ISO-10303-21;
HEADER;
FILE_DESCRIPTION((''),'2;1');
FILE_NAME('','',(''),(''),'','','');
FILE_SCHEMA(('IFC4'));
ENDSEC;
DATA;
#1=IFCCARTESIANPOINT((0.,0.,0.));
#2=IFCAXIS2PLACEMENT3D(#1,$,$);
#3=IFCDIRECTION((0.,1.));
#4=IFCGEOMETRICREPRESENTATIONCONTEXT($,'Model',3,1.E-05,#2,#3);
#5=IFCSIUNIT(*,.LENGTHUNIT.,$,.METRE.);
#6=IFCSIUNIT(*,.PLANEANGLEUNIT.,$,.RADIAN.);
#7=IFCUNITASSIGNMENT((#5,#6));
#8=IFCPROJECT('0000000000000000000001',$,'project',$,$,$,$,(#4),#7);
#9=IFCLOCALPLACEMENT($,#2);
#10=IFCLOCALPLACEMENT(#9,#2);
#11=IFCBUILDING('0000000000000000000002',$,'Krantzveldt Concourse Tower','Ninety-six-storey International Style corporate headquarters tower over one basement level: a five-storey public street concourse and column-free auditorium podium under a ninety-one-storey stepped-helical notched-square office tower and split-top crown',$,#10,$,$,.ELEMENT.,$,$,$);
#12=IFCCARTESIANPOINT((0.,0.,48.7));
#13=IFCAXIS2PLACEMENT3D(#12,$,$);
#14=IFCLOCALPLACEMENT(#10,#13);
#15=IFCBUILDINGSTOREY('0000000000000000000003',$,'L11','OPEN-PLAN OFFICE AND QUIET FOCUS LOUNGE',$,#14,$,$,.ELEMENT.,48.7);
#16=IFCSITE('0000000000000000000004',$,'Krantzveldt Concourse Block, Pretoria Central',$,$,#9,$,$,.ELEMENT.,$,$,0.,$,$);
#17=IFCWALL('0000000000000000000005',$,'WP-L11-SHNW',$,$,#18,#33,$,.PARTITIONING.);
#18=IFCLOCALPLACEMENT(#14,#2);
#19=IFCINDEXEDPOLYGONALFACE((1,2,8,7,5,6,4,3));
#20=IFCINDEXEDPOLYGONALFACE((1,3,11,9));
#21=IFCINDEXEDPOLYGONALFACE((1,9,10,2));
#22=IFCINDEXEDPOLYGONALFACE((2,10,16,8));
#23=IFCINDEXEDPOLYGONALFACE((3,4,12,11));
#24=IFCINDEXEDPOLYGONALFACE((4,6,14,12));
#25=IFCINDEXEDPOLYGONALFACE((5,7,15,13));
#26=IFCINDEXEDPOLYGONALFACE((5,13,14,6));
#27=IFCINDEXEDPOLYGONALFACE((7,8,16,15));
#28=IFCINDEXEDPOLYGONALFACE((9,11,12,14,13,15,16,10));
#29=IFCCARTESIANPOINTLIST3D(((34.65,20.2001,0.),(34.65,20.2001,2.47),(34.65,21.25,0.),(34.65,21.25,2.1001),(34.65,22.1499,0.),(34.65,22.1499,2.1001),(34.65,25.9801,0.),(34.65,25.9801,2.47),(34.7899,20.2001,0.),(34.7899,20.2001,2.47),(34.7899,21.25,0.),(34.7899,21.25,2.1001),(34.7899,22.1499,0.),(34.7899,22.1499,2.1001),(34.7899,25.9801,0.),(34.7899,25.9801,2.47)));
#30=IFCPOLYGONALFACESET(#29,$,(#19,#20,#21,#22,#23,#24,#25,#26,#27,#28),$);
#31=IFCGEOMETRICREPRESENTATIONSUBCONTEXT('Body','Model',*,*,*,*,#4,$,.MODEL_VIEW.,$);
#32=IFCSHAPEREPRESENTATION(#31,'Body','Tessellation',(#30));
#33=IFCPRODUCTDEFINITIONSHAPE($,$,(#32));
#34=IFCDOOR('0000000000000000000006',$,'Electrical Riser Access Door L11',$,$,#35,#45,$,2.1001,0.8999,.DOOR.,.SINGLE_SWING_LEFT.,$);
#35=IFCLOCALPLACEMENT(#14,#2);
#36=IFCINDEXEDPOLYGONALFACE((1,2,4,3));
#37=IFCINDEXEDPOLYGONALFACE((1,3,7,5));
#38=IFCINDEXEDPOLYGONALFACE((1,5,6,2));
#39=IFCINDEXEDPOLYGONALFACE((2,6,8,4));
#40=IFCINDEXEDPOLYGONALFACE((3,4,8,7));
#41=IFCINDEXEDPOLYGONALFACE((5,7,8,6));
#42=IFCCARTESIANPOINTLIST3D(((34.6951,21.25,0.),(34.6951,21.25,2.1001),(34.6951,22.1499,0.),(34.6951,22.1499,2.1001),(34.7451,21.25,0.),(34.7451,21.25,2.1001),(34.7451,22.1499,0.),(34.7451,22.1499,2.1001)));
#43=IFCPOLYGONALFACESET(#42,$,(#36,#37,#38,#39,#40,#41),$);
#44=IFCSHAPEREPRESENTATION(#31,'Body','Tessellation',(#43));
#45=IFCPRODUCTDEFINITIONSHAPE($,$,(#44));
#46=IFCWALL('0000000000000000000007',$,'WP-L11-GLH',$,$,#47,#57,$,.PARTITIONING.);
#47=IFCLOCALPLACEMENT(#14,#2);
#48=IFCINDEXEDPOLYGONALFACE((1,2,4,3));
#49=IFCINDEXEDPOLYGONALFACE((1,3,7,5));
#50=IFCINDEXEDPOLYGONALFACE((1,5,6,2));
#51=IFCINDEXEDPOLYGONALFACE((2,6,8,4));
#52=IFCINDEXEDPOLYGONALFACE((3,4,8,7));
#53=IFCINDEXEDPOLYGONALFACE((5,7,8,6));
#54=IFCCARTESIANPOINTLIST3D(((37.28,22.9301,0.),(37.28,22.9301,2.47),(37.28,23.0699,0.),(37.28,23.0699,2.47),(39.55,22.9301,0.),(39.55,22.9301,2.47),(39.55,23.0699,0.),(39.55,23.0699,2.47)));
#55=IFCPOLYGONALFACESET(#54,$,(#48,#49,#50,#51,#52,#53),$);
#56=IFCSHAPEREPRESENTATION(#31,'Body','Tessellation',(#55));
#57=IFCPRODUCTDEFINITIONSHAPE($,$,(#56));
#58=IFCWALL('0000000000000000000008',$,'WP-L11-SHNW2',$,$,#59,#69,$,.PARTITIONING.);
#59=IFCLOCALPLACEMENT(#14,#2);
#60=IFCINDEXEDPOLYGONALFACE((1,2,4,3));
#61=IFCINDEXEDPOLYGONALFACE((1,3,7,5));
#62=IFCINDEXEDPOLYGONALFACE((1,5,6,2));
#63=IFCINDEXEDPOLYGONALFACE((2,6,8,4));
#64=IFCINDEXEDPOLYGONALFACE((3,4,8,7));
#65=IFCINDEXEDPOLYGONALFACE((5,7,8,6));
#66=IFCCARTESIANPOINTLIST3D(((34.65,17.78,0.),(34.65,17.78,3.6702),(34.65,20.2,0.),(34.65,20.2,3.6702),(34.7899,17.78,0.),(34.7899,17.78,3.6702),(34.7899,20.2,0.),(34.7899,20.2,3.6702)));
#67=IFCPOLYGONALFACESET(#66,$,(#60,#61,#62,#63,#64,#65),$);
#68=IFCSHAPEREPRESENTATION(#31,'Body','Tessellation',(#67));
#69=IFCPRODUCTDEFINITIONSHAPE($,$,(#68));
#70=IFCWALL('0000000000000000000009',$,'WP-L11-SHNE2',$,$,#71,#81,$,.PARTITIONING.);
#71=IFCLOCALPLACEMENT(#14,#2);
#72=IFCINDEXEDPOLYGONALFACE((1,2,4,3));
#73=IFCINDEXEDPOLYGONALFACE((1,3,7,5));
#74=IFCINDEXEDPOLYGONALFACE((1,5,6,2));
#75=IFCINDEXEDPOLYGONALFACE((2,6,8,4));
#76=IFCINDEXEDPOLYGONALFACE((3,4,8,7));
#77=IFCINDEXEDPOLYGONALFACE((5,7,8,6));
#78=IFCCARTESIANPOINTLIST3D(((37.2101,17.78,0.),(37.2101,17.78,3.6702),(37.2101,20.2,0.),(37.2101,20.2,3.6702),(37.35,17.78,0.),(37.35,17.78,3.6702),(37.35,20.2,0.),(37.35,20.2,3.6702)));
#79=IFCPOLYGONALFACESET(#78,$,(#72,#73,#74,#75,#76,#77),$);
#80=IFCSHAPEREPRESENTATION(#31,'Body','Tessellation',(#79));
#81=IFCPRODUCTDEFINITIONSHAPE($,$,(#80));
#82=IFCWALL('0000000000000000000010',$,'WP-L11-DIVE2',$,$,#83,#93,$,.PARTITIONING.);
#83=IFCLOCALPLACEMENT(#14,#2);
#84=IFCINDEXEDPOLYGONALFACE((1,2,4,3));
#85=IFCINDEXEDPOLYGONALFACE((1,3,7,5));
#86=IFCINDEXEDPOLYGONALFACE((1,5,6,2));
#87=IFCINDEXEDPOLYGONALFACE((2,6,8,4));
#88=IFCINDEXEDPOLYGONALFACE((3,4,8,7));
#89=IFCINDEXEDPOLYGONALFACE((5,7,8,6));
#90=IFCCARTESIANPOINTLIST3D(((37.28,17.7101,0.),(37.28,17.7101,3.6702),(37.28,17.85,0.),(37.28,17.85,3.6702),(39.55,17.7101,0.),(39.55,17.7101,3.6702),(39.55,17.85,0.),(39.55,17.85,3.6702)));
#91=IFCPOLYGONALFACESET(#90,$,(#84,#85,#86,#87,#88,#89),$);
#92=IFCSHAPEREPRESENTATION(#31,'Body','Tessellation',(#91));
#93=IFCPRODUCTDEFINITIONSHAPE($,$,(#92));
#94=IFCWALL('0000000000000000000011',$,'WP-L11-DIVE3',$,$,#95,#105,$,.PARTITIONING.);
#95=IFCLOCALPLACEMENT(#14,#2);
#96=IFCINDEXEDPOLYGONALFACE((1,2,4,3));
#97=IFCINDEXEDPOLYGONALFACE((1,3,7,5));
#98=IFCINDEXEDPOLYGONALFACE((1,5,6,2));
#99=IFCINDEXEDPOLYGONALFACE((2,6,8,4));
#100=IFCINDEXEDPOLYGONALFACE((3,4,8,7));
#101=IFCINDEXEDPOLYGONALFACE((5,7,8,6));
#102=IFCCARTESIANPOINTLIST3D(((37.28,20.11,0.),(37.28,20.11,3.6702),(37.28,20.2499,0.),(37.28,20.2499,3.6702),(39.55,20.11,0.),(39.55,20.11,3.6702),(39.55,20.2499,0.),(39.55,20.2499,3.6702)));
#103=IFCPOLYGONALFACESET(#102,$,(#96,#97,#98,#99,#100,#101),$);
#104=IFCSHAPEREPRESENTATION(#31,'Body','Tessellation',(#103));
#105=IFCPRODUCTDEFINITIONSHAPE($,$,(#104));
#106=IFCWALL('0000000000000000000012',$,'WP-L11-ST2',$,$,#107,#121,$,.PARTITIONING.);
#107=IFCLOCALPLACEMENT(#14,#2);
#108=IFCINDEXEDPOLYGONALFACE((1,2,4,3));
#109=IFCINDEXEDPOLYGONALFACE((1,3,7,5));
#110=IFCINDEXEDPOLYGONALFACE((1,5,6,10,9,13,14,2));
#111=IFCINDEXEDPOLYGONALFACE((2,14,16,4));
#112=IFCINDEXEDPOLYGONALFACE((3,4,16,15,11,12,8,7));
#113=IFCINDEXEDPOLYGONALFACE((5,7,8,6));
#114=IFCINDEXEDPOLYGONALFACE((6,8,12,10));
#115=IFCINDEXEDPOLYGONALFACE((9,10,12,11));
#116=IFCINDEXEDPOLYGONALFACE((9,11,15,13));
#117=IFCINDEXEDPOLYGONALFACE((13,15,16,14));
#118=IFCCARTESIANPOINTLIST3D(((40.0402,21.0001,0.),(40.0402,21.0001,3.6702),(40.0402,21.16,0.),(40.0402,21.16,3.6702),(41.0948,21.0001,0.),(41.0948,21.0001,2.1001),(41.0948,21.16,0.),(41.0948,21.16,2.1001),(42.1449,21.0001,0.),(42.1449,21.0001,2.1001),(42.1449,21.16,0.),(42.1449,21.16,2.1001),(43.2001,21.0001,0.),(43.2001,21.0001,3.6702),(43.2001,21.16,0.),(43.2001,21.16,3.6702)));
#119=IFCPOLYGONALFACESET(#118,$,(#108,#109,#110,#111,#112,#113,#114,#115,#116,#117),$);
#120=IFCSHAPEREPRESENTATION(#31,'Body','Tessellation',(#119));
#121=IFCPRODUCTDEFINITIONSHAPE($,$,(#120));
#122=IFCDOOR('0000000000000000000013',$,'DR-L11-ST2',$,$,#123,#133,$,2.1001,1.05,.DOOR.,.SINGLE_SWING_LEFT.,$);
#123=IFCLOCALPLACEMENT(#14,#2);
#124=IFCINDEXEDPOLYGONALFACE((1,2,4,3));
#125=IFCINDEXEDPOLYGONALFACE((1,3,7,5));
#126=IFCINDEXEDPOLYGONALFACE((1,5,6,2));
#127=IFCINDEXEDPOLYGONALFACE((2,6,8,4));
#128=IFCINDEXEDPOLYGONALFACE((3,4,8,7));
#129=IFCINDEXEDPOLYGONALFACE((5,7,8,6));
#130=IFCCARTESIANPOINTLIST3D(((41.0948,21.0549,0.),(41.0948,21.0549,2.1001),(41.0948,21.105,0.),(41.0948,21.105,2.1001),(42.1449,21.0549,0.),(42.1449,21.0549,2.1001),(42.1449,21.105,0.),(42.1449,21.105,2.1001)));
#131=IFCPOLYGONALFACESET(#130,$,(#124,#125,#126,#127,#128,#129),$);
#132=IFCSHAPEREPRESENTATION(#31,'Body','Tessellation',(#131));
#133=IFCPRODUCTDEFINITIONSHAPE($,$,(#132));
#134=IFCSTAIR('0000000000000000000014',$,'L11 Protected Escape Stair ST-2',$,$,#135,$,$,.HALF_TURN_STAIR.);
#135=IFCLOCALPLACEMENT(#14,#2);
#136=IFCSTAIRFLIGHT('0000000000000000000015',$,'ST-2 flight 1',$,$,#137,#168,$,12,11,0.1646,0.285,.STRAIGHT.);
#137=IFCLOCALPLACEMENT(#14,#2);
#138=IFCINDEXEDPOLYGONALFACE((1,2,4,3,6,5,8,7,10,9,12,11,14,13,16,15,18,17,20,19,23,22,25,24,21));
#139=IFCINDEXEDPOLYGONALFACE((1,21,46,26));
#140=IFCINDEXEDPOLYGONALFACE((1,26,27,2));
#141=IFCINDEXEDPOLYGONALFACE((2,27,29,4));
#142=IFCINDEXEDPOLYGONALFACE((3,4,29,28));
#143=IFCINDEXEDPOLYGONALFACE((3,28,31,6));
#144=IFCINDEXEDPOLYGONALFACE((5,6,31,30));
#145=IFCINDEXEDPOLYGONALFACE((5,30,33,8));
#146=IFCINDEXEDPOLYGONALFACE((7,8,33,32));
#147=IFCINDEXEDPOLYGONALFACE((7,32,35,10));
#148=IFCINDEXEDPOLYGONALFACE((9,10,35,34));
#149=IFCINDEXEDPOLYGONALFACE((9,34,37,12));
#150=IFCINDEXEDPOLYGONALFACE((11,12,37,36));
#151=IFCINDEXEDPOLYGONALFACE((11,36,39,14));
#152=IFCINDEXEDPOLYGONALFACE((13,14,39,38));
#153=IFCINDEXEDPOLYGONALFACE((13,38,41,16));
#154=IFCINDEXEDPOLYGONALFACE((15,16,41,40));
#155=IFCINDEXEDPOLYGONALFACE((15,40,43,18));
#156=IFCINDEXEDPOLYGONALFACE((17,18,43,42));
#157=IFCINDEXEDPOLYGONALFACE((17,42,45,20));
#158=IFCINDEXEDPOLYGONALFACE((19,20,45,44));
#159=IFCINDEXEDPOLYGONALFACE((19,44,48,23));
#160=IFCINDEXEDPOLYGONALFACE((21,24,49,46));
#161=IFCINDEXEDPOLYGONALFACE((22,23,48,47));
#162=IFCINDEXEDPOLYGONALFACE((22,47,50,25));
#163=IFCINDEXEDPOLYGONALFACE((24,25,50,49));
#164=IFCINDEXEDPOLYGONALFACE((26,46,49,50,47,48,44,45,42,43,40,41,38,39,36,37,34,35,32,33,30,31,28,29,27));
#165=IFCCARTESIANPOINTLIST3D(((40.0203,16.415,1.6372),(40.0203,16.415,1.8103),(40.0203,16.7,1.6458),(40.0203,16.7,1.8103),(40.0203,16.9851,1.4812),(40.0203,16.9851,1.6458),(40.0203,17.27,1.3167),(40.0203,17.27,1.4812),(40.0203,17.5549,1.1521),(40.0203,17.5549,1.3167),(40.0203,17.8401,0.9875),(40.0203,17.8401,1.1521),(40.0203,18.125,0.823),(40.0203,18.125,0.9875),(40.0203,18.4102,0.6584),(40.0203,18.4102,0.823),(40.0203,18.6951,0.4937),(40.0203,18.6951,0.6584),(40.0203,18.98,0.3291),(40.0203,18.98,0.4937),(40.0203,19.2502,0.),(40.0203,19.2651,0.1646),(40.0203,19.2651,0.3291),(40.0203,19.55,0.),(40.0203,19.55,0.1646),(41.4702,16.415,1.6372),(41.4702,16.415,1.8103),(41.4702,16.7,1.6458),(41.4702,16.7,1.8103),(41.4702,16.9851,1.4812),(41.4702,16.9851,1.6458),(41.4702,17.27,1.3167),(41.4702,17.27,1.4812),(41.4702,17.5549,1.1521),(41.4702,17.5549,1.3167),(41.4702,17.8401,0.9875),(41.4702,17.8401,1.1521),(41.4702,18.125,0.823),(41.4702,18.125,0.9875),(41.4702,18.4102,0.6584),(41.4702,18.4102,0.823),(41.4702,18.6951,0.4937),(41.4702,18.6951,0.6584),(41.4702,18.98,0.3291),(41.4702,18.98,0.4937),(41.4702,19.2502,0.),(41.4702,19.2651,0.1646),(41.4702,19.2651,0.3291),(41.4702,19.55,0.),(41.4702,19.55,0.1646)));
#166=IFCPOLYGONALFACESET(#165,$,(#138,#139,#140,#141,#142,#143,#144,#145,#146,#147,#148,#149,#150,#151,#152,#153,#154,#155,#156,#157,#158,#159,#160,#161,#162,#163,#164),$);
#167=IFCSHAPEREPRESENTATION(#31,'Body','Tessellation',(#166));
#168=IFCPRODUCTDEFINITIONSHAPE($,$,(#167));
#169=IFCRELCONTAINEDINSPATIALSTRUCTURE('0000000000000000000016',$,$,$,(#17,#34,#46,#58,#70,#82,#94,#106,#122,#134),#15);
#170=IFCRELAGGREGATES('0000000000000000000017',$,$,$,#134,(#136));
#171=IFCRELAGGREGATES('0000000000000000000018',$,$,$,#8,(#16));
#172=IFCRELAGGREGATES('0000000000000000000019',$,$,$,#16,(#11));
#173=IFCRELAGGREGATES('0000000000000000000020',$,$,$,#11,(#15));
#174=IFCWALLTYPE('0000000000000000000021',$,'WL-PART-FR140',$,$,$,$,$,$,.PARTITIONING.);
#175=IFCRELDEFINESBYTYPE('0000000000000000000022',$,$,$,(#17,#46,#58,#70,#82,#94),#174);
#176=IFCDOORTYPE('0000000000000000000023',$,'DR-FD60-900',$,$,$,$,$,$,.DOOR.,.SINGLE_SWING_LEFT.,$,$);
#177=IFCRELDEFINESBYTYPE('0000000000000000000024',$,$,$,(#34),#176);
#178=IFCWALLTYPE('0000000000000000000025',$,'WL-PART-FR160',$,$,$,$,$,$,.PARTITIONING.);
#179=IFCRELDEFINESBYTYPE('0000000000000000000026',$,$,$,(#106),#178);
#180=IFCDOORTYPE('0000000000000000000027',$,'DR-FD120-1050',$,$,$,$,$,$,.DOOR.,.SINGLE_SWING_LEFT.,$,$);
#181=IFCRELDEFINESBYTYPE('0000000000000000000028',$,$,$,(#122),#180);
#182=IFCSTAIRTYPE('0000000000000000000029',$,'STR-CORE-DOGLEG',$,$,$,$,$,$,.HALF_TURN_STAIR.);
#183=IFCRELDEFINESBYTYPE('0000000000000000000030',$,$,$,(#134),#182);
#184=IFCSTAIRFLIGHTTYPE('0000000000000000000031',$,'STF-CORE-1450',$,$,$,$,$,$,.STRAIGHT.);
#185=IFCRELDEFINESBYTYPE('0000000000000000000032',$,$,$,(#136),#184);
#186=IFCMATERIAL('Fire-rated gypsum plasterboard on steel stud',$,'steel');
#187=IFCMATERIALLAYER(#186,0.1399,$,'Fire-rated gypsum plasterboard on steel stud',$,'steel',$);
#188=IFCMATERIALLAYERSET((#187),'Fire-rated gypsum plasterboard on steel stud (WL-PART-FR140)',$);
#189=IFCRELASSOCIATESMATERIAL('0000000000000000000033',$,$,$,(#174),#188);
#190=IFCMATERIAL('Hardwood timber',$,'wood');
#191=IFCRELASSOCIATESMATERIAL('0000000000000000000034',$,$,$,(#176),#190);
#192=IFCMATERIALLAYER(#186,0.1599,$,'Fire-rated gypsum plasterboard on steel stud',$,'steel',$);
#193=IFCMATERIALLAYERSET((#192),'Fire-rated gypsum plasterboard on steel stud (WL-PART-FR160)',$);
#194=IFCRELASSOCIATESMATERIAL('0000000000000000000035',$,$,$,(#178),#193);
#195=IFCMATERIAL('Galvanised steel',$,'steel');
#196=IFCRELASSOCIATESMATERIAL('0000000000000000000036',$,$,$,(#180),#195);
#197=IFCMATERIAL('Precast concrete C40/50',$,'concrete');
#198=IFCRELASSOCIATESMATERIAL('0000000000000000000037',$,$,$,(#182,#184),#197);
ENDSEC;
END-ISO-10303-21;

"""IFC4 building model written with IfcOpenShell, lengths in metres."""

from ifc_helpers import new_model, si_unit, direction, frame, frame_2d, origin, place, context, subcontext, project, spatial, polyline, rectangle, outline, extrude, material, layer, layer_set, type_object, element, fill, aggregate, save


model = new_model("IFC4")

# Units and contexts
model_context = context("Model", 3, precision=1e-05, world=origin(), true_north=direction((0.0, 1.0)))
body_context = subcontext(model_context, "Body", "Model", "MODEL_VIEW")
ifc_project = project(units=[si_unit("LENGTHUNIT", "METRE"), si_unit("PLANEANGLEUNIT", "RADIAN")], contexts=[model_context])

# Site, building, storey
site_placement = place(None, origin())
site = spatial("IfcSite", under=ifc_project, at=site_placement, Name="Krantzveldt Concourse Block, Pretoria Central", CompositionType="ELEMENT", RefElevation=0.0)
building_placement = place(site_placement, origin())
building = spatial("IfcBuilding", under=site, at=building_placement, Name="Krantzveldt Concourse Tower", Description="Ninety-six-storey International Style corporate headquarters tower over one basement level: a five-storey public street concourse and column-free auditorium podium under a ninety-one-storey stepped-helical notched-square office tower and split-top crown", CompositionType="ELEMENT")
storey_placement = place(building_placement, frame((0.0, 0.0, 48.7)))
storey = spatial("IfcBuildingStorey", under=building, at=storey_placement, Name="L11", Description="OPEN-PLAN OFFICE AND QUIET FOCUS LOUNGE", CompositionType="ELEMENT", Elevation=48.7)

# Wall, opening, door
ifc_material_1 = material(Name="Fire-rated gypsum plasterboard on steel stud", Category="steel")
ifc_layer_1 = layer(ifc_material_1, 0.1399, Name="Fire-rated gypsum plasterboard on steel stud", Category="steel")
ifc_layer_set_1 = layer_set([ifc_layer_1], Name="Fire-rated gypsum plasterboard on steel stud (WL-PART-FR140)")
wall_type_1 = type_object("IfcWallType", Name="WL-PART-FR140", PredefinedType="PARTITIONING", material=ifc_layer_set_1)
wall_1_placement = place(storey_placement, frame((34.72, 20.2, 0.0), z_axis=(0.0, 0.0, 1.0), x_axis=(0.0, 1.0, 0.0)))
wall_1 = element("IfcWall", 1, at=wall_1_placement, inside=storey, type_object=wall_type_1, Name="WP-L11-SHNW", PredefinedType="PARTITIONING", context=body_context, shape_type="SweptSolid", body=[
    extrude(rectangle(XDim=5.78, YDim=0.1399, at=frame_2d((2.8901, 0.0))), origin(), (0.0, 0.0, 1.0), 2.47),
])
opening_1_placement = place(wall_1_placement, frame((1.05, 0.0, 0.0)))
opening_1 = element("IfcOpeningElement", 2, at=opening_1_placement, cuts=wall_1, PredefinedType="OPENING", context=body_context, shape_type="SweptSolid", body=[
    extrude(rectangle(XDim=0.8999, YDim=2.1001, at=frame_2d((0.45, 1.05))), frame((0.0, 0.0801, 0.0), z_axis=(0.0, -1.0, 0.0), x_axis=(1.0, 0.0, 0.0)), (0.0, 0.0, 1.0), 0.1599),
])
ifc_material_2 = material(Name="Hardwood timber", Category="wood")
door_type_1 = type_object("IfcDoorType", Name="DR-FD60-900", OperationType="SINGLE_SWING_LEFT", PredefinedType="DOOR", material=ifc_material_2)
door_1_placement = place(opening_1_placement, origin())
door_1 = element("IfcDoor", 3, at=door_1_placement, inside=storey, type_object=door_type_1, Name="Electrical Riser Access Door L11", OperationType="SINGLE_SWING_LEFT", OverallHeight=2.1001, OverallWidth=0.8999, PredefinedType="DOOR", context=body_context, shape_type="SweptSolid", body=[
    extrude(rectangle(XDim=0.8999, YDim=2.1001, at=frame_2d((0.45, 1.05))), frame((0.0, 0.0249, 0.0), z_axis=(0.0, -1.0, 0.0), x_axis=(1.0, 0.0, 0.0)), (0.0, 0.0, 1.0), 0.05),
])
fill(opening_1, door_1)

# Walls
wall_2_placement = place(storey_placement, frame((37.28, 23.0, 0.0), z_axis=(0.0, 0.0, 1.0), x_axis=(1.0, 0.0, 0.0)))
element("IfcWall", 4, at=wall_2_placement, inside=storey, type_object=wall_type_1, Name="WP-L11-GLH", PredefinedType="PARTITIONING", context=body_context, shape_type="SweptSolid", body=[
    extrude(rectangle(XDim=2.27, YDim=0.1399, at=frame_2d((1.135, 0.0))), origin(), (0.0, 0.0, 1.0), 2.47),
])
for number, where, z_axis, x_axis, name in (
    (5, (34.72, 17.78, 0.0), (0.0, 0.0, 1.0), (0.0, 1.0, 0.0), "WP-L11-SHNW2"),
    (6, (37.28, 17.78, 0.0), (0.0, 0.0, 1.0), (0.0, 1.0, 0.0), "WP-L11-SHNE2"),
):
    element("IfcWall", number, at=place(storey_placement, frame(where, z_axis=z_axis, x_axis=x_axis)), inside=storey, type_object=wall_type_1, Name=name, PredefinedType="PARTITIONING", context=body_context, shape_type="SweptSolid", body=[
        extrude(rectangle(XDim=2.4199, YDim=0.1399, at=frame_2d((1.21, 0.0))), origin(), (0.0, 0.0, 1.0), 3.6702),
    ])
for number, where, z_axis, x_axis, name in (
    (7, (37.28, 17.78, 0.0), (0.0, 0.0, 1.0), (1.0, 0.0, 0.0), "WP-L11-DIVE2"),
    (8, (37.28, 20.1799, 0.0), (0.0, 0.0, 1.0), (1.0, 0.0, 0.0), "WP-L11-DIVE3"),
):
    element("IfcWall", number, at=place(storey_placement, frame(where, z_axis=z_axis, x_axis=x_axis)), inside=storey, type_object=wall_type_1, Name=name, PredefinedType="PARTITIONING", context=body_context, shape_type="SweptSolid", body=[
        extrude(rectangle(XDim=2.27, YDim=0.1399, at=frame_2d((1.135, 0.0))), origin(), (0.0, 0.0, 1.0), 3.6702),
    ])

# Wall, opening, door
ifc_layer_2 = layer(ifc_material_1, 0.1599, Name="Fire-rated gypsum plasterboard on steel stud", Category="steel")
ifc_layer_set_2 = layer_set([ifc_layer_2], Name="Fire-rated gypsum plasterboard on steel stud (WL-PART-FR160)")
wall_type_2 = type_object("IfcWallType", Name="WL-PART-FR160", PredefinedType="PARTITIONING", material=ifc_layer_set_2)
wall_3_placement = place(storey_placement, frame((40.04, 21.0801, 0.0), z_axis=(0.0, 0.0, 1.0), x_axis=(1.0, 0.0, 0.0)))
wall_3 = element("IfcWall", 9, at=wall_3_placement, inside=storey, type_object=wall_type_2, Name="WP-L11-ST2", PredefinedType="PARTITIONING", context=body_context, shape_type="SweptSolid", body=[
    extrude(rectangle(XDim=3.1599, YDim=0.1599, at=frame_2d((1.5801, 0.0))), origin(), (0.0, 0.0, 1.0), 3.6702),
])
opening_2_placement = place(wall_3_placement, frame((1.0549, 0.0, 0.0)))
opening_2 = element("IfcOpeningElement", 10, at=opening_2_placement, cuts=wall_3, PredefinedType="OPENING", context=body_context, shape_type="SweptSolid", body=[
    extrude(rectangle(XDim=1.05, YDim=2.1001, at=frame_2d((0.5249, 1.05))), frame((0.0, 0.0898, 0.0), z_axis=(0.0, -1.0, 0.0), x_axis=(1.0, 0.0, 0.0)), (0.0, 0.0, 1.0), 0.1799),
])
ifc_material_3 = material(Name="Galvanised steel", Category="steel")
door_type_2 = type_object("IfcDoorType", Name="DR-FD120-1050", OperationType="SINGLE_SWING_LEFT", PredefinedType="DOOR", material=ifc_material_3)
door_2_placement = place(opening_2_placement, origin())
door_2 = element("IfcDoor", 11, at=door_2_placement, inside=storey, type_object=door_type_2, Name="DR-L11-ST2", OperationType="SINGLE_SWING_LEFT", OverallHeight=2.1001, OverallWidth=1.05, PredefinedType="DOOR", context=body_context, shape_type="SweptSolid", body=[
    extrude(rectangle(XDim=1.05, YDim=2.1001, at=frame_2d((0.5249, 1.05))), frame((0.0, 0.0249, 0.0), z_axis=(0.0, -1.0, 0.0), x_axis=(1.0, 0.0, 0.0)), (0.0, 0.0, 1.0), 0.05),
])
fill(opening_2, door_2)

# Stair, stair flight
ifc_material_4 = material(Name="Precast concrete C40/50", Category="concrete")
stair_type = type_object("IfcStairType", Name="STR-CORE-DOGLEG", PredefinedType="HALF_TURN_STAIR", material=ifc_material_4)
stair_placement = place(storey_placement, origin())
stair = element("IfcStair", 12, at=stair_placement, inside=storey, type_object=stair_type, Name="L11 Protected Escape Stair ST-2", PredefinedType="HALF_TURN_STAIR")
stair_flight_type = type_object("IfcStairFlightType", Name="STF-CORE-1450", PredefinedType="STRAIGHT", material=ifc_material_4)
stair_flight_1_placement = place(storey_placement, frame((40.7451, 19.55, 0.0), z_axis=(0.0, 0.0, 1.0), x_axis=(0.0, -1.0, 0.0)))
stair_flight_1 = element("IfcStairFlight", 13, at=stair_flight_1_placement, type_object=stair_flight_type, Name="ST-2 flight 1", NumberOfRisers=12, NumberOfTreads=11, PredefinedType="STRAIGHT", RiserHeight=0.1646, TreadLength=0.285, context=body_context, shape_type="SweptSolid", body=[
    extrude(outline(polyline([(0.0, 0.0), (0.0, 0.1646), (0.2849, 0.1646), (0.2849, 0.3291), (0.5701, 0.3291), (0.5701, 0.4937), (0.855, 0.4937), (0.855, 0.6584), (1.1399, 0.6584), (1.1399, 0.823), (1.425, 0.823), (1.425, 0.9875), (1.71, 0.9875), (1.71, 1.1521), (1.9951, 1.1521), (1.9951, 1.3167), (2.28, 1.3167), (2.28, 1.4812), (2.5649, 1.4812), (2.5649, 1.6458), (2.8501, 1.6458), (2.8501, 1.8103), (3.135, 1.8103), (3.135, 1.9751), (3.135, 1.6372), (0.2998, 0.0), (0.0, 0.0)])), frame((0.0, 0.7251, 0.0), z_axis=(0.0, -1.0, 0.0), x_axis=(1.0, 0.0, 0.0)), (0.0, 0.0, 1.0), 1.45),
])
aggregate(stair, [stair_flight_1])

save(model, "model.ifc")
